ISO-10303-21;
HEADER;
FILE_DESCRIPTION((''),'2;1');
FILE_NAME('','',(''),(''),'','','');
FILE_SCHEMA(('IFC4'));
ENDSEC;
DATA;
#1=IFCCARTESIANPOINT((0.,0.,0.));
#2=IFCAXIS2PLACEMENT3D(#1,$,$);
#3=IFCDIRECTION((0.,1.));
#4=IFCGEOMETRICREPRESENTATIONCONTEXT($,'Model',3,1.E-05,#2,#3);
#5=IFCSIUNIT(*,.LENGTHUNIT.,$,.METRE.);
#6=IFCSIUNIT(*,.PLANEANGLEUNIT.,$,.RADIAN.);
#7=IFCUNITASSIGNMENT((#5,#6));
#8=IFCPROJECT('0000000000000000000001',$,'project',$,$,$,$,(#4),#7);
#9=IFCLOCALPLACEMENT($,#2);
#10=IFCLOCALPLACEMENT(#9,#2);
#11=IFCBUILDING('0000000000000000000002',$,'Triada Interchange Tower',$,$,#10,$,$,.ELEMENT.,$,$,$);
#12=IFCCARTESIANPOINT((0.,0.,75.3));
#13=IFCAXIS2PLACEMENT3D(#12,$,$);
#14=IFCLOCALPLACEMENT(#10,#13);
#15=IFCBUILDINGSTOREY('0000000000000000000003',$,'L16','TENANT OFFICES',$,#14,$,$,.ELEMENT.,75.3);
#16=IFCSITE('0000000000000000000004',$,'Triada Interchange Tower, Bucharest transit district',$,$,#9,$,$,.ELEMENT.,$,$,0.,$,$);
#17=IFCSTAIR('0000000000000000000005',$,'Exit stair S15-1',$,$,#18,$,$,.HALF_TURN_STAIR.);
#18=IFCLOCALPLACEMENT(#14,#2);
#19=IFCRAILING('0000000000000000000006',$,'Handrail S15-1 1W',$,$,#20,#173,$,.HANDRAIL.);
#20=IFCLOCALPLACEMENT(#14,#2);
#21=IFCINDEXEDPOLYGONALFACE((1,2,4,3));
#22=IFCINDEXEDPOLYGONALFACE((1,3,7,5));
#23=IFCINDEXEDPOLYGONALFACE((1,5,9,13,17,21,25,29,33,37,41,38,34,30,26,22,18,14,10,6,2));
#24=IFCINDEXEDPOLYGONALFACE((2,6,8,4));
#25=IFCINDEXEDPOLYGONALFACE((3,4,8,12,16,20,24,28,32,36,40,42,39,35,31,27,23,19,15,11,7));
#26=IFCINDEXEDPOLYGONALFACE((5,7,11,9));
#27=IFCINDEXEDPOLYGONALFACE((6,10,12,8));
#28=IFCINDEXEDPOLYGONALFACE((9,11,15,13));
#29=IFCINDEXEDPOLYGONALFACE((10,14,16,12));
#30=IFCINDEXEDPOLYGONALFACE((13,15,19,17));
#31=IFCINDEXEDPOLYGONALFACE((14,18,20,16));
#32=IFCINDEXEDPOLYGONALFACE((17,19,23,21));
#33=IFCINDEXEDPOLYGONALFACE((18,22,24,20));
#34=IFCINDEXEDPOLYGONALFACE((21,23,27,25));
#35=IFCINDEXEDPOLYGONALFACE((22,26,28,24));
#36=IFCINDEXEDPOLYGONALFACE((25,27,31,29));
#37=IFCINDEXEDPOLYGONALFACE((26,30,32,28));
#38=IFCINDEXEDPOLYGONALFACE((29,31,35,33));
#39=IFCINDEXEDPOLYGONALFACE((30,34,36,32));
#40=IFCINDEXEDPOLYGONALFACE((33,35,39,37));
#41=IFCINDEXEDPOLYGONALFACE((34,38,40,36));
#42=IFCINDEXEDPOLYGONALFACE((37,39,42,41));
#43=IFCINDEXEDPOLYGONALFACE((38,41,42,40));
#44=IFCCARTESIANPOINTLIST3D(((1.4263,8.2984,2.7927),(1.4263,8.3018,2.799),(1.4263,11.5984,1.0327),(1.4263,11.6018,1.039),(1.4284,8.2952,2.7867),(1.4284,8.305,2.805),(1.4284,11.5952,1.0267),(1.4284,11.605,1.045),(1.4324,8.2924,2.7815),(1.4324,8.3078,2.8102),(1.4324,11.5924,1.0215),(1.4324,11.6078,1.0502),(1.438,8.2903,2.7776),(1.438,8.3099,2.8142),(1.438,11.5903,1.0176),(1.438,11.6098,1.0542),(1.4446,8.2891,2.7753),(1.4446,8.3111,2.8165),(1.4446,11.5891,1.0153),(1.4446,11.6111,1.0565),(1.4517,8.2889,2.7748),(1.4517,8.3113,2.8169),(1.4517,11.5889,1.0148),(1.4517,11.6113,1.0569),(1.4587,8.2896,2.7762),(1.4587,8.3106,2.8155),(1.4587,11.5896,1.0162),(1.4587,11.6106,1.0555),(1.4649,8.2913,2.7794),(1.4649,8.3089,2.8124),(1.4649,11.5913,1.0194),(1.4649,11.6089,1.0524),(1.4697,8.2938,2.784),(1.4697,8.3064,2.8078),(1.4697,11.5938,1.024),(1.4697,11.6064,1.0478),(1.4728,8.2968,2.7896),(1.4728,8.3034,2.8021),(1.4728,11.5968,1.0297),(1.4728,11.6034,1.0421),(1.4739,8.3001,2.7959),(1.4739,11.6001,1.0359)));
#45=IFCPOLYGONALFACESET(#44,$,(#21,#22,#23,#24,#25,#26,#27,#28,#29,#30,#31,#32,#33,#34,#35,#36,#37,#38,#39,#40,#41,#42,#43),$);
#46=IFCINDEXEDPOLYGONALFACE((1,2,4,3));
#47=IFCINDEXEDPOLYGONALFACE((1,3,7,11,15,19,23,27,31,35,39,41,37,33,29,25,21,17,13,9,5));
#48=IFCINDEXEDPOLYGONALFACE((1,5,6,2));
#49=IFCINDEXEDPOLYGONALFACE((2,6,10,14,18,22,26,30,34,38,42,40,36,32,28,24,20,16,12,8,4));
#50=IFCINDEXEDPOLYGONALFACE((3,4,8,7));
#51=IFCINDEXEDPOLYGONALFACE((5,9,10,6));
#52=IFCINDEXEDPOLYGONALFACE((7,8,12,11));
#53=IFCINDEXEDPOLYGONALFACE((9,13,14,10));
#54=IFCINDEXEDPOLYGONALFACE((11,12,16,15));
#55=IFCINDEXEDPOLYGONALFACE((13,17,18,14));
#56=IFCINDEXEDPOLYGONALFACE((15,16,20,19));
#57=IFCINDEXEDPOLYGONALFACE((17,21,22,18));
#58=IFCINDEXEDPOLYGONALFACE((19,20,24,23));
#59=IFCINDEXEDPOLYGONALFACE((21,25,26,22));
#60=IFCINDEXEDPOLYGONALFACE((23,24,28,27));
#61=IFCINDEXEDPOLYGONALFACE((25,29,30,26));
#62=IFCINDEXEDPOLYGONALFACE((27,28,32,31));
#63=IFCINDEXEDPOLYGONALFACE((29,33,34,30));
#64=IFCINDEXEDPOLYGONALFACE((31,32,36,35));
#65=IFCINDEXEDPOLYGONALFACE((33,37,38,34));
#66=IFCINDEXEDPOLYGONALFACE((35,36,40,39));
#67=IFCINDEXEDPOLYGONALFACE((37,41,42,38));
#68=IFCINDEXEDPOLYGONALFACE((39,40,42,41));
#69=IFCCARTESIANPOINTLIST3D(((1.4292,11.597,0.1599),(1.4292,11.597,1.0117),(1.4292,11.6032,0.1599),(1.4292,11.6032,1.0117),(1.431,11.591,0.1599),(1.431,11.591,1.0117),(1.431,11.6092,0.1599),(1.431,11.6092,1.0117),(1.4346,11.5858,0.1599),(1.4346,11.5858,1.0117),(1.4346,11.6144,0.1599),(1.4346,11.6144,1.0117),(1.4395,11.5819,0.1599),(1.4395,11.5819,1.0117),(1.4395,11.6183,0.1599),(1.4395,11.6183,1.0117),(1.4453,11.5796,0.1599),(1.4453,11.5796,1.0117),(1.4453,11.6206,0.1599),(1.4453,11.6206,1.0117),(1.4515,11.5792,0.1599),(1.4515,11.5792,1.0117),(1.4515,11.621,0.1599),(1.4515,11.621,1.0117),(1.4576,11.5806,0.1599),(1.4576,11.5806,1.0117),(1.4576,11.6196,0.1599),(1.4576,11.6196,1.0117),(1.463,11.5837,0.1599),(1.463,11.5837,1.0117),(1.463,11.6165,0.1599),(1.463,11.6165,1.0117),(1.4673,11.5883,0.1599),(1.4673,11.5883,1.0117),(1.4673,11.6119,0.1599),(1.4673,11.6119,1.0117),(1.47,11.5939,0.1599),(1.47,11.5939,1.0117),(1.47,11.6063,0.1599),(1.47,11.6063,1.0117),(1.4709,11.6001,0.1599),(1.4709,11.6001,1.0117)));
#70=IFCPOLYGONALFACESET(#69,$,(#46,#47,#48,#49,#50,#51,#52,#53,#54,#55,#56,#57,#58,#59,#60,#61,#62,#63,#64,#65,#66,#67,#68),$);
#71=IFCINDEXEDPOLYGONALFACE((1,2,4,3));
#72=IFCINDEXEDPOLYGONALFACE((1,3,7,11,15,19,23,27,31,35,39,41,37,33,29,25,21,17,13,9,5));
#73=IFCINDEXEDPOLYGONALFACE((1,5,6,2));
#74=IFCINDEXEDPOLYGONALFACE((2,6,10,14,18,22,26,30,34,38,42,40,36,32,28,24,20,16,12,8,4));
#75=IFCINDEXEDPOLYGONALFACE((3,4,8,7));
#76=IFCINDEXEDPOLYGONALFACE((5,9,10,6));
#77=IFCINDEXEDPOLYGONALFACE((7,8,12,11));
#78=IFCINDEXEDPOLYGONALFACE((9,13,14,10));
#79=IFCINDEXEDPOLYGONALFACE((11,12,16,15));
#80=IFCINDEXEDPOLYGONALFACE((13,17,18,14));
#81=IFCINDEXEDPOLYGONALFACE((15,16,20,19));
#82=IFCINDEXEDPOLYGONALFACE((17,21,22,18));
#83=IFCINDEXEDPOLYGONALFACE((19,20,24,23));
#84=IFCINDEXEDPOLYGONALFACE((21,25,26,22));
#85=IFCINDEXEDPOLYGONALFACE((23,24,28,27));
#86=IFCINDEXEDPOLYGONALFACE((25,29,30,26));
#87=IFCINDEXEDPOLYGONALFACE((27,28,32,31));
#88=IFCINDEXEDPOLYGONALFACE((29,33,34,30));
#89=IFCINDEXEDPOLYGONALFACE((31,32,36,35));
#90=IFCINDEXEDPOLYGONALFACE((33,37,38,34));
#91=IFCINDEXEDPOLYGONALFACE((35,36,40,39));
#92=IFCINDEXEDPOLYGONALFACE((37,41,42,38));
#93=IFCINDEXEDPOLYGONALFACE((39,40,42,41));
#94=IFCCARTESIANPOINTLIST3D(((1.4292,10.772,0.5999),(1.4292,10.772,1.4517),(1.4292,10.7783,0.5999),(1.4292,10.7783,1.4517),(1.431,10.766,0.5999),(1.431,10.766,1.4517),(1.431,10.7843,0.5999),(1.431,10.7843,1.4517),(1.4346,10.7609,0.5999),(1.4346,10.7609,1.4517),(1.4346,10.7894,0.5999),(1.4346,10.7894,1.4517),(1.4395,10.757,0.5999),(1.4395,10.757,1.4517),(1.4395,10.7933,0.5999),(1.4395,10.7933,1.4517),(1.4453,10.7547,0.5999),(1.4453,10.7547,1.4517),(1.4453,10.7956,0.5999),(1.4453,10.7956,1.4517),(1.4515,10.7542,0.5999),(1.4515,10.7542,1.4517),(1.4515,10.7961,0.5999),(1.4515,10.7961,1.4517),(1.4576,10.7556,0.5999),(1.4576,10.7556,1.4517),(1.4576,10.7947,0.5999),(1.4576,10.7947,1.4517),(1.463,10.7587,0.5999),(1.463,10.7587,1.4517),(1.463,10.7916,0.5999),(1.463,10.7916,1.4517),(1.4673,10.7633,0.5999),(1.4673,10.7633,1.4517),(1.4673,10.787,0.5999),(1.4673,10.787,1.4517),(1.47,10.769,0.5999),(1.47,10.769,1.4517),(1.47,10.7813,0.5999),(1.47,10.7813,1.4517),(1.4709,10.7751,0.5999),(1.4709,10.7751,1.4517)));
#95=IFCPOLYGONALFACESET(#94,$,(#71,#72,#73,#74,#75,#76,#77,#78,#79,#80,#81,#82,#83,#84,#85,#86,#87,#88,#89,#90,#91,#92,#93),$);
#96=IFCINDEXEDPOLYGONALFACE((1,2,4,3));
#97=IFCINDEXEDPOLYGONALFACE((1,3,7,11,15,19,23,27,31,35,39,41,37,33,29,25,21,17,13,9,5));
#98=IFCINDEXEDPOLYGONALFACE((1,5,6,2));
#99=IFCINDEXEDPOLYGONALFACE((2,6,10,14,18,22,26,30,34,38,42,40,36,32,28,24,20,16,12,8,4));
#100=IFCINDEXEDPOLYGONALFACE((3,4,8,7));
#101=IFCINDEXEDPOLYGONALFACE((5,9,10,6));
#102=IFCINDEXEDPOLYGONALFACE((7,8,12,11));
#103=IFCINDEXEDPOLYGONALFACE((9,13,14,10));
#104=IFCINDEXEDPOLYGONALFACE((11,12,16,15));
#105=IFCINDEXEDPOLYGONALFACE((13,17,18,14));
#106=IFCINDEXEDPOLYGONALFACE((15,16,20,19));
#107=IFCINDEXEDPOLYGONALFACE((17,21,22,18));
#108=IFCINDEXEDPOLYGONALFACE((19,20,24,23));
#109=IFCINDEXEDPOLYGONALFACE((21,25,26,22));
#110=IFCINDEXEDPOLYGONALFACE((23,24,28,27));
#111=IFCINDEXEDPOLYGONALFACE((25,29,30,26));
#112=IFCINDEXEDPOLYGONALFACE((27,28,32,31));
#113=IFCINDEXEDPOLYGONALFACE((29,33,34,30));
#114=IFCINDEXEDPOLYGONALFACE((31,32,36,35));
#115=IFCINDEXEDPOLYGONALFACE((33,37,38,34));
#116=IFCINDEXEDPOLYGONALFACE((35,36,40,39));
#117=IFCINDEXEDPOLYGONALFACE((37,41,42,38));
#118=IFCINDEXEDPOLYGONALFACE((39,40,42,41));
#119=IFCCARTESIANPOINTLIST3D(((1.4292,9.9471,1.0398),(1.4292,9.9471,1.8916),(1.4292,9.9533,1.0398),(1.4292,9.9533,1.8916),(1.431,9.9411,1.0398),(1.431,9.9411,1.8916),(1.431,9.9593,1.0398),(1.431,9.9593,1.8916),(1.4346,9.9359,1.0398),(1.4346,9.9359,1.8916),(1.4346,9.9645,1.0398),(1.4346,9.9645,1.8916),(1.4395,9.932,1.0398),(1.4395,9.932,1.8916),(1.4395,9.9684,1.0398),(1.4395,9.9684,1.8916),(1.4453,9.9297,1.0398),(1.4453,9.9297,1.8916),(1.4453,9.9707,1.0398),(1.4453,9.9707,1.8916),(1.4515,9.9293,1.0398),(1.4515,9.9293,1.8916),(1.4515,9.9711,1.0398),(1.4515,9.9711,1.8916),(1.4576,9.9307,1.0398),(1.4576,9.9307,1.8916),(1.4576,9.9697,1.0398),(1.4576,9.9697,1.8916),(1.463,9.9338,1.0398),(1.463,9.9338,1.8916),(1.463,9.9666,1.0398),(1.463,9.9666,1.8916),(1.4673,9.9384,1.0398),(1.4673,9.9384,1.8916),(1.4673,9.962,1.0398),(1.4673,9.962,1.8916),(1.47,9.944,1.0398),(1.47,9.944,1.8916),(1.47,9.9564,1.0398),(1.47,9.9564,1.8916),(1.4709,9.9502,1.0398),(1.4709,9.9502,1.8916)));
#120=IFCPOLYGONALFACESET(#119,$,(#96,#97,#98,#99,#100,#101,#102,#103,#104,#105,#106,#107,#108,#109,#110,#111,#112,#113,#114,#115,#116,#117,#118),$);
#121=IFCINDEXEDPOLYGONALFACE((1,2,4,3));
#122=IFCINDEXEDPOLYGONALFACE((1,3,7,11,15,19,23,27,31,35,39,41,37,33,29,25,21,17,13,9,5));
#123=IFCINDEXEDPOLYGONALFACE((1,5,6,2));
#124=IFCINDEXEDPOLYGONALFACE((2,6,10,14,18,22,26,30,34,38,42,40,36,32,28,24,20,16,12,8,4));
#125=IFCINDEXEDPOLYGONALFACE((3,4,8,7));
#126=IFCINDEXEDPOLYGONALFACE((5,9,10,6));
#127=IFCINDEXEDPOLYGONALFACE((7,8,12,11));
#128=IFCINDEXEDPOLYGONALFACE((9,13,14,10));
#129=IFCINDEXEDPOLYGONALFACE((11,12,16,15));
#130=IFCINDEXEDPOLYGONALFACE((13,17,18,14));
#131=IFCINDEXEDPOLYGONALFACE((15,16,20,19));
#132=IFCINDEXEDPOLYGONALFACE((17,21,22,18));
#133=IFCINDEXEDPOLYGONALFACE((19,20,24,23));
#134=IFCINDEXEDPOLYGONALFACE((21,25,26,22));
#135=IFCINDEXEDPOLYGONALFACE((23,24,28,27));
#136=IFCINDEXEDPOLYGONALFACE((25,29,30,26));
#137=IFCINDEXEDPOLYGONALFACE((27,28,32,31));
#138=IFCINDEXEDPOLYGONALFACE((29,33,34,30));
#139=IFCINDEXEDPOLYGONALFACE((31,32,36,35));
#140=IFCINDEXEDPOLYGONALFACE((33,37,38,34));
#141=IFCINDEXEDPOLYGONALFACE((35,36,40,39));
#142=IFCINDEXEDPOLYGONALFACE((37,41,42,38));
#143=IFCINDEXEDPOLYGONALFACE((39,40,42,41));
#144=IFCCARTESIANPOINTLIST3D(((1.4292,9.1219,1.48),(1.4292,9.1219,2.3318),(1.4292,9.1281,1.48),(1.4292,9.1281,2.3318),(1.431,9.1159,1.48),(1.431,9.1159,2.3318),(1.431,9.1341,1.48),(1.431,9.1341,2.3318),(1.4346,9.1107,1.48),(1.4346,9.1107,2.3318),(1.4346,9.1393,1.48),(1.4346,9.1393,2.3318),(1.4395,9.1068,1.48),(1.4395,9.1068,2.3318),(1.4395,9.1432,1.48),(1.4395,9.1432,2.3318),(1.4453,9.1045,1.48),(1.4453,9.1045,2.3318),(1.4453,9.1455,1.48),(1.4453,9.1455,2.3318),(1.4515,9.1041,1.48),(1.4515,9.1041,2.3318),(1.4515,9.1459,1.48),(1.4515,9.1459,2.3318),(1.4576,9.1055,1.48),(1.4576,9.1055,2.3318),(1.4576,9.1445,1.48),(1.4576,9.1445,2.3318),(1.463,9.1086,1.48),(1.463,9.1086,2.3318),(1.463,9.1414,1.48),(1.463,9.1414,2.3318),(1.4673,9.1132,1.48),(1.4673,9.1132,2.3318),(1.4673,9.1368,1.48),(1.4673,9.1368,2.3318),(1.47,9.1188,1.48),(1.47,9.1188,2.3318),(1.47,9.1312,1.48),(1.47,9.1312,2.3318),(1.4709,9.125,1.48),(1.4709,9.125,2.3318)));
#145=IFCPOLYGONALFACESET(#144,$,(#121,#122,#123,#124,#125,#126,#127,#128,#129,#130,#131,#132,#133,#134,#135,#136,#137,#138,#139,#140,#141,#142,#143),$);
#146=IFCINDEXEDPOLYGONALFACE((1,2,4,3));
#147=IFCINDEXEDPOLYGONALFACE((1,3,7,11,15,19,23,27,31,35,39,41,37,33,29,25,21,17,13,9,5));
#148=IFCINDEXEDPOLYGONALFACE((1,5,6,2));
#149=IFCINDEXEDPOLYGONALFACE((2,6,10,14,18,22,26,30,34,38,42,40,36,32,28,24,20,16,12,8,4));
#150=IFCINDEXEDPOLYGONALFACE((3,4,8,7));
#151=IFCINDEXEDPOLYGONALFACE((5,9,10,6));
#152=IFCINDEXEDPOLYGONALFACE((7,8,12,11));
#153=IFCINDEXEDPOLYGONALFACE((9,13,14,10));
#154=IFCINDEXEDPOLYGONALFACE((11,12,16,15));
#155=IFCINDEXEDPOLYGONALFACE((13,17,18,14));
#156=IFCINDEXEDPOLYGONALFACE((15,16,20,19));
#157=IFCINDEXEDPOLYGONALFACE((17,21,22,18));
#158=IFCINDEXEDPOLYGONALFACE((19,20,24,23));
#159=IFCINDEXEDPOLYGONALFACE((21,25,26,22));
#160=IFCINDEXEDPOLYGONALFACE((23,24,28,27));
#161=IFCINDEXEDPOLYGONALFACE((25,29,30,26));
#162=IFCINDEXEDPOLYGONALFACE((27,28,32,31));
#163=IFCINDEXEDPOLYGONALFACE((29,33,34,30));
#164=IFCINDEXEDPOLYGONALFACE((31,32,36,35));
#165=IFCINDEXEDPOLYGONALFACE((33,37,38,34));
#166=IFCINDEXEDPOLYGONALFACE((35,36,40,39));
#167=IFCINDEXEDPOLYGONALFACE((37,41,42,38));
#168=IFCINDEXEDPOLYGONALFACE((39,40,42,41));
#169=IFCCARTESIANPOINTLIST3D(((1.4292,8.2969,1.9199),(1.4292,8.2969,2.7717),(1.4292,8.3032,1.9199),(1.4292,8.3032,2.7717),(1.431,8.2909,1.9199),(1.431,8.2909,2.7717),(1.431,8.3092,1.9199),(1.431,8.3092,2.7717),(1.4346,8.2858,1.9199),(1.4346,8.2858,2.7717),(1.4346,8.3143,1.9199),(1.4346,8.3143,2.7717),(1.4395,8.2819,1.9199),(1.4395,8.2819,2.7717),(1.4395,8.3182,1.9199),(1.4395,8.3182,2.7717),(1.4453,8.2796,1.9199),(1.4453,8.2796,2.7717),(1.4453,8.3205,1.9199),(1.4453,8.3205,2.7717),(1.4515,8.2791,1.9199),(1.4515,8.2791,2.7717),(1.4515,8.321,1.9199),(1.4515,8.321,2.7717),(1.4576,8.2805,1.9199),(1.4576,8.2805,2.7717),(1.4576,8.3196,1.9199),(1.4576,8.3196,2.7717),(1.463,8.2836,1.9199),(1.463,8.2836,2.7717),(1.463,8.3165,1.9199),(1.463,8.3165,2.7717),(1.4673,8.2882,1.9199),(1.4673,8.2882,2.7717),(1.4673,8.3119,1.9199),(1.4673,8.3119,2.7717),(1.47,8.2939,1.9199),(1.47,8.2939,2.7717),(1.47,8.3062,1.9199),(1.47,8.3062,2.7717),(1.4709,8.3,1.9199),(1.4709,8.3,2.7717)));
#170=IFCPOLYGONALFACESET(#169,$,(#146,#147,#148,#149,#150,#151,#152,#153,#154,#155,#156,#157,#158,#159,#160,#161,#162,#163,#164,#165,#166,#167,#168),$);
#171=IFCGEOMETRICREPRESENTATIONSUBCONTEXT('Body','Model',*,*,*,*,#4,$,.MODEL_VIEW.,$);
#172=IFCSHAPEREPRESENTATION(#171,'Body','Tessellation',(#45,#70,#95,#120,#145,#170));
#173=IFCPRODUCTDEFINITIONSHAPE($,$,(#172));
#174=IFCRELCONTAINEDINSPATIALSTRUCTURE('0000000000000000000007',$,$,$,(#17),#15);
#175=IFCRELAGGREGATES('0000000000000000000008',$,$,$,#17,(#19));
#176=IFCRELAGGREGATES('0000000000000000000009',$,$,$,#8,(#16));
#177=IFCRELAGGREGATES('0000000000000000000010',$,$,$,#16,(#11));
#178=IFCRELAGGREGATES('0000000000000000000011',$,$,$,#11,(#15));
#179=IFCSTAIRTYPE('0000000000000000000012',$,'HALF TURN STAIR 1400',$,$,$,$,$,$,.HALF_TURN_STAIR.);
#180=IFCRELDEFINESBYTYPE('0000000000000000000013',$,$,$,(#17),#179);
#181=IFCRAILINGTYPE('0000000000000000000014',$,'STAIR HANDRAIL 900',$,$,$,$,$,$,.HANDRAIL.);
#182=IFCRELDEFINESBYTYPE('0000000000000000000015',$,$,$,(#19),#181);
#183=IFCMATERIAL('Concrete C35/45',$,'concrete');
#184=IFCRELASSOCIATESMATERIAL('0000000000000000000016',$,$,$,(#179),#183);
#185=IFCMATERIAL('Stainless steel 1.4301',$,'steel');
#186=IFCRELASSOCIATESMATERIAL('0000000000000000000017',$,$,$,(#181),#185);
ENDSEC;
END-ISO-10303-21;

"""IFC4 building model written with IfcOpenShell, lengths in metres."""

from ifc_helpers import new_model, si_unit, direction, frame, origin, origin_2d, place, context, subcontext, project, spatial, circle, extrude, material, type_object, element, aggregate, save


model = new_model("IFC4")

# Units and contexts
model_context = context("Model", 3, precision=1e-05, world=origin(), true_north=direction((0.0, 1.0)))
body_context = subcontext(model_context, "Body", "Model", "MODEL_VIEW")
ifc_project = project(units=[si_unit("LENGTHUNIT", "METRE"), si_unit("PLANEANGLEUNIT", "RADIAN")], contexts=[model_context])

# Site, building, storey
site_placement = place(None, origin())
site = spatial("IfcSite", under=ifc_project, at=site_placement, Name="Triada Interchange Tower, Bucharest transit district", CompositionType="ELEMENT", RefElevation=0.0)
building_placement = place(site_placement, origin())
building = spatial("IfcBuilding", under=site, at=building_placement, Name="Triada Interchange Tower", CompositionType="ELEMENT")
storey_placement = place(building_placement, frame((0.0, 0.0, 75.3)))
storey = spatial("IfcBuildingStorey", under=building, at=storey_placement, Name="L16", Description="TENANT OFFICES", CompositionType="ELEMENT", Elevation=75.3)

# Stair
ifc_material_1 = material(Name="Concrete C35/45", Category="concrete")
stair_type = type_object("IfcStairType", Name="HALF TURN STAIR 1400", PredefinedType="HALF_TURN_STAIR", material=ifc_material_1)
stair_1_placement = place(storey_placement, origin())
stair_1 = element("IfcStair", 1, at=stair_1_placement, inside=storey, type_object=stair_type, Name="Exit stair S15-1", PredefinedType="HALF_TURN_STAIR")

# Railing
ifc_material_2 = material(Name="Stainless steel 1.4301", Category="steel")
railing_type = type_object("IfcRailingType", Name="STAIR HANDRAIL 900", PredefinedType="HANDRAIL", material=ifc_material_2)
railing_1_placement = place(storey_placement, frame((1.45, 11.6001, 0.1599)))
railing_1 = element("IfcRailing", 2, at=railing_1_placement, type_object=railing_type, Name="Handrail S15-1 1W", PredefinedType="HANDRAIL", context=body_context, shape_type="SweptSolid", body=[
    extrude(circle(Radius=0.0239, at=origin_2d()), frame((0.0, 0.0, 0.876), z_axis=(0.0, -0.882355, 0.470585), x_axis=(1.0, 0.0, 0.0)), (0.0, 0.0, 1.0), 3.74),
    extrude(circle(Radius=0.021, at=origin_2d()), origin(), (0.0, 0.0, 1.0), 0.8518),
    extrude(circle(Radius=0.021, at=origin_2d()), frame((0.0, -0.825, 0.4399)), (0.0, 0.0, 1.0), 0.8518),
    extrude(circle(Radius=0.021, at=origin_2d()), frame((0.0, -1.6499, 0.8799)), (0.0, 0.0, 1.0), 0.8518),
    extrude(circle(Radius=0.021, at=origin_2d()), frame((0.0, -2.4751, 1.3201)), (0.0, 0.0, 1.0), 0.8518),
    extrude(circle(Radius=0.021, at=origin_2d()), frame((0.0, -3.3, 1.76)), (0.0, 0.0, 1.0), 0.8518),
])
aggregate(stair_1, [railing_1])

save(model, "model.ifc")
